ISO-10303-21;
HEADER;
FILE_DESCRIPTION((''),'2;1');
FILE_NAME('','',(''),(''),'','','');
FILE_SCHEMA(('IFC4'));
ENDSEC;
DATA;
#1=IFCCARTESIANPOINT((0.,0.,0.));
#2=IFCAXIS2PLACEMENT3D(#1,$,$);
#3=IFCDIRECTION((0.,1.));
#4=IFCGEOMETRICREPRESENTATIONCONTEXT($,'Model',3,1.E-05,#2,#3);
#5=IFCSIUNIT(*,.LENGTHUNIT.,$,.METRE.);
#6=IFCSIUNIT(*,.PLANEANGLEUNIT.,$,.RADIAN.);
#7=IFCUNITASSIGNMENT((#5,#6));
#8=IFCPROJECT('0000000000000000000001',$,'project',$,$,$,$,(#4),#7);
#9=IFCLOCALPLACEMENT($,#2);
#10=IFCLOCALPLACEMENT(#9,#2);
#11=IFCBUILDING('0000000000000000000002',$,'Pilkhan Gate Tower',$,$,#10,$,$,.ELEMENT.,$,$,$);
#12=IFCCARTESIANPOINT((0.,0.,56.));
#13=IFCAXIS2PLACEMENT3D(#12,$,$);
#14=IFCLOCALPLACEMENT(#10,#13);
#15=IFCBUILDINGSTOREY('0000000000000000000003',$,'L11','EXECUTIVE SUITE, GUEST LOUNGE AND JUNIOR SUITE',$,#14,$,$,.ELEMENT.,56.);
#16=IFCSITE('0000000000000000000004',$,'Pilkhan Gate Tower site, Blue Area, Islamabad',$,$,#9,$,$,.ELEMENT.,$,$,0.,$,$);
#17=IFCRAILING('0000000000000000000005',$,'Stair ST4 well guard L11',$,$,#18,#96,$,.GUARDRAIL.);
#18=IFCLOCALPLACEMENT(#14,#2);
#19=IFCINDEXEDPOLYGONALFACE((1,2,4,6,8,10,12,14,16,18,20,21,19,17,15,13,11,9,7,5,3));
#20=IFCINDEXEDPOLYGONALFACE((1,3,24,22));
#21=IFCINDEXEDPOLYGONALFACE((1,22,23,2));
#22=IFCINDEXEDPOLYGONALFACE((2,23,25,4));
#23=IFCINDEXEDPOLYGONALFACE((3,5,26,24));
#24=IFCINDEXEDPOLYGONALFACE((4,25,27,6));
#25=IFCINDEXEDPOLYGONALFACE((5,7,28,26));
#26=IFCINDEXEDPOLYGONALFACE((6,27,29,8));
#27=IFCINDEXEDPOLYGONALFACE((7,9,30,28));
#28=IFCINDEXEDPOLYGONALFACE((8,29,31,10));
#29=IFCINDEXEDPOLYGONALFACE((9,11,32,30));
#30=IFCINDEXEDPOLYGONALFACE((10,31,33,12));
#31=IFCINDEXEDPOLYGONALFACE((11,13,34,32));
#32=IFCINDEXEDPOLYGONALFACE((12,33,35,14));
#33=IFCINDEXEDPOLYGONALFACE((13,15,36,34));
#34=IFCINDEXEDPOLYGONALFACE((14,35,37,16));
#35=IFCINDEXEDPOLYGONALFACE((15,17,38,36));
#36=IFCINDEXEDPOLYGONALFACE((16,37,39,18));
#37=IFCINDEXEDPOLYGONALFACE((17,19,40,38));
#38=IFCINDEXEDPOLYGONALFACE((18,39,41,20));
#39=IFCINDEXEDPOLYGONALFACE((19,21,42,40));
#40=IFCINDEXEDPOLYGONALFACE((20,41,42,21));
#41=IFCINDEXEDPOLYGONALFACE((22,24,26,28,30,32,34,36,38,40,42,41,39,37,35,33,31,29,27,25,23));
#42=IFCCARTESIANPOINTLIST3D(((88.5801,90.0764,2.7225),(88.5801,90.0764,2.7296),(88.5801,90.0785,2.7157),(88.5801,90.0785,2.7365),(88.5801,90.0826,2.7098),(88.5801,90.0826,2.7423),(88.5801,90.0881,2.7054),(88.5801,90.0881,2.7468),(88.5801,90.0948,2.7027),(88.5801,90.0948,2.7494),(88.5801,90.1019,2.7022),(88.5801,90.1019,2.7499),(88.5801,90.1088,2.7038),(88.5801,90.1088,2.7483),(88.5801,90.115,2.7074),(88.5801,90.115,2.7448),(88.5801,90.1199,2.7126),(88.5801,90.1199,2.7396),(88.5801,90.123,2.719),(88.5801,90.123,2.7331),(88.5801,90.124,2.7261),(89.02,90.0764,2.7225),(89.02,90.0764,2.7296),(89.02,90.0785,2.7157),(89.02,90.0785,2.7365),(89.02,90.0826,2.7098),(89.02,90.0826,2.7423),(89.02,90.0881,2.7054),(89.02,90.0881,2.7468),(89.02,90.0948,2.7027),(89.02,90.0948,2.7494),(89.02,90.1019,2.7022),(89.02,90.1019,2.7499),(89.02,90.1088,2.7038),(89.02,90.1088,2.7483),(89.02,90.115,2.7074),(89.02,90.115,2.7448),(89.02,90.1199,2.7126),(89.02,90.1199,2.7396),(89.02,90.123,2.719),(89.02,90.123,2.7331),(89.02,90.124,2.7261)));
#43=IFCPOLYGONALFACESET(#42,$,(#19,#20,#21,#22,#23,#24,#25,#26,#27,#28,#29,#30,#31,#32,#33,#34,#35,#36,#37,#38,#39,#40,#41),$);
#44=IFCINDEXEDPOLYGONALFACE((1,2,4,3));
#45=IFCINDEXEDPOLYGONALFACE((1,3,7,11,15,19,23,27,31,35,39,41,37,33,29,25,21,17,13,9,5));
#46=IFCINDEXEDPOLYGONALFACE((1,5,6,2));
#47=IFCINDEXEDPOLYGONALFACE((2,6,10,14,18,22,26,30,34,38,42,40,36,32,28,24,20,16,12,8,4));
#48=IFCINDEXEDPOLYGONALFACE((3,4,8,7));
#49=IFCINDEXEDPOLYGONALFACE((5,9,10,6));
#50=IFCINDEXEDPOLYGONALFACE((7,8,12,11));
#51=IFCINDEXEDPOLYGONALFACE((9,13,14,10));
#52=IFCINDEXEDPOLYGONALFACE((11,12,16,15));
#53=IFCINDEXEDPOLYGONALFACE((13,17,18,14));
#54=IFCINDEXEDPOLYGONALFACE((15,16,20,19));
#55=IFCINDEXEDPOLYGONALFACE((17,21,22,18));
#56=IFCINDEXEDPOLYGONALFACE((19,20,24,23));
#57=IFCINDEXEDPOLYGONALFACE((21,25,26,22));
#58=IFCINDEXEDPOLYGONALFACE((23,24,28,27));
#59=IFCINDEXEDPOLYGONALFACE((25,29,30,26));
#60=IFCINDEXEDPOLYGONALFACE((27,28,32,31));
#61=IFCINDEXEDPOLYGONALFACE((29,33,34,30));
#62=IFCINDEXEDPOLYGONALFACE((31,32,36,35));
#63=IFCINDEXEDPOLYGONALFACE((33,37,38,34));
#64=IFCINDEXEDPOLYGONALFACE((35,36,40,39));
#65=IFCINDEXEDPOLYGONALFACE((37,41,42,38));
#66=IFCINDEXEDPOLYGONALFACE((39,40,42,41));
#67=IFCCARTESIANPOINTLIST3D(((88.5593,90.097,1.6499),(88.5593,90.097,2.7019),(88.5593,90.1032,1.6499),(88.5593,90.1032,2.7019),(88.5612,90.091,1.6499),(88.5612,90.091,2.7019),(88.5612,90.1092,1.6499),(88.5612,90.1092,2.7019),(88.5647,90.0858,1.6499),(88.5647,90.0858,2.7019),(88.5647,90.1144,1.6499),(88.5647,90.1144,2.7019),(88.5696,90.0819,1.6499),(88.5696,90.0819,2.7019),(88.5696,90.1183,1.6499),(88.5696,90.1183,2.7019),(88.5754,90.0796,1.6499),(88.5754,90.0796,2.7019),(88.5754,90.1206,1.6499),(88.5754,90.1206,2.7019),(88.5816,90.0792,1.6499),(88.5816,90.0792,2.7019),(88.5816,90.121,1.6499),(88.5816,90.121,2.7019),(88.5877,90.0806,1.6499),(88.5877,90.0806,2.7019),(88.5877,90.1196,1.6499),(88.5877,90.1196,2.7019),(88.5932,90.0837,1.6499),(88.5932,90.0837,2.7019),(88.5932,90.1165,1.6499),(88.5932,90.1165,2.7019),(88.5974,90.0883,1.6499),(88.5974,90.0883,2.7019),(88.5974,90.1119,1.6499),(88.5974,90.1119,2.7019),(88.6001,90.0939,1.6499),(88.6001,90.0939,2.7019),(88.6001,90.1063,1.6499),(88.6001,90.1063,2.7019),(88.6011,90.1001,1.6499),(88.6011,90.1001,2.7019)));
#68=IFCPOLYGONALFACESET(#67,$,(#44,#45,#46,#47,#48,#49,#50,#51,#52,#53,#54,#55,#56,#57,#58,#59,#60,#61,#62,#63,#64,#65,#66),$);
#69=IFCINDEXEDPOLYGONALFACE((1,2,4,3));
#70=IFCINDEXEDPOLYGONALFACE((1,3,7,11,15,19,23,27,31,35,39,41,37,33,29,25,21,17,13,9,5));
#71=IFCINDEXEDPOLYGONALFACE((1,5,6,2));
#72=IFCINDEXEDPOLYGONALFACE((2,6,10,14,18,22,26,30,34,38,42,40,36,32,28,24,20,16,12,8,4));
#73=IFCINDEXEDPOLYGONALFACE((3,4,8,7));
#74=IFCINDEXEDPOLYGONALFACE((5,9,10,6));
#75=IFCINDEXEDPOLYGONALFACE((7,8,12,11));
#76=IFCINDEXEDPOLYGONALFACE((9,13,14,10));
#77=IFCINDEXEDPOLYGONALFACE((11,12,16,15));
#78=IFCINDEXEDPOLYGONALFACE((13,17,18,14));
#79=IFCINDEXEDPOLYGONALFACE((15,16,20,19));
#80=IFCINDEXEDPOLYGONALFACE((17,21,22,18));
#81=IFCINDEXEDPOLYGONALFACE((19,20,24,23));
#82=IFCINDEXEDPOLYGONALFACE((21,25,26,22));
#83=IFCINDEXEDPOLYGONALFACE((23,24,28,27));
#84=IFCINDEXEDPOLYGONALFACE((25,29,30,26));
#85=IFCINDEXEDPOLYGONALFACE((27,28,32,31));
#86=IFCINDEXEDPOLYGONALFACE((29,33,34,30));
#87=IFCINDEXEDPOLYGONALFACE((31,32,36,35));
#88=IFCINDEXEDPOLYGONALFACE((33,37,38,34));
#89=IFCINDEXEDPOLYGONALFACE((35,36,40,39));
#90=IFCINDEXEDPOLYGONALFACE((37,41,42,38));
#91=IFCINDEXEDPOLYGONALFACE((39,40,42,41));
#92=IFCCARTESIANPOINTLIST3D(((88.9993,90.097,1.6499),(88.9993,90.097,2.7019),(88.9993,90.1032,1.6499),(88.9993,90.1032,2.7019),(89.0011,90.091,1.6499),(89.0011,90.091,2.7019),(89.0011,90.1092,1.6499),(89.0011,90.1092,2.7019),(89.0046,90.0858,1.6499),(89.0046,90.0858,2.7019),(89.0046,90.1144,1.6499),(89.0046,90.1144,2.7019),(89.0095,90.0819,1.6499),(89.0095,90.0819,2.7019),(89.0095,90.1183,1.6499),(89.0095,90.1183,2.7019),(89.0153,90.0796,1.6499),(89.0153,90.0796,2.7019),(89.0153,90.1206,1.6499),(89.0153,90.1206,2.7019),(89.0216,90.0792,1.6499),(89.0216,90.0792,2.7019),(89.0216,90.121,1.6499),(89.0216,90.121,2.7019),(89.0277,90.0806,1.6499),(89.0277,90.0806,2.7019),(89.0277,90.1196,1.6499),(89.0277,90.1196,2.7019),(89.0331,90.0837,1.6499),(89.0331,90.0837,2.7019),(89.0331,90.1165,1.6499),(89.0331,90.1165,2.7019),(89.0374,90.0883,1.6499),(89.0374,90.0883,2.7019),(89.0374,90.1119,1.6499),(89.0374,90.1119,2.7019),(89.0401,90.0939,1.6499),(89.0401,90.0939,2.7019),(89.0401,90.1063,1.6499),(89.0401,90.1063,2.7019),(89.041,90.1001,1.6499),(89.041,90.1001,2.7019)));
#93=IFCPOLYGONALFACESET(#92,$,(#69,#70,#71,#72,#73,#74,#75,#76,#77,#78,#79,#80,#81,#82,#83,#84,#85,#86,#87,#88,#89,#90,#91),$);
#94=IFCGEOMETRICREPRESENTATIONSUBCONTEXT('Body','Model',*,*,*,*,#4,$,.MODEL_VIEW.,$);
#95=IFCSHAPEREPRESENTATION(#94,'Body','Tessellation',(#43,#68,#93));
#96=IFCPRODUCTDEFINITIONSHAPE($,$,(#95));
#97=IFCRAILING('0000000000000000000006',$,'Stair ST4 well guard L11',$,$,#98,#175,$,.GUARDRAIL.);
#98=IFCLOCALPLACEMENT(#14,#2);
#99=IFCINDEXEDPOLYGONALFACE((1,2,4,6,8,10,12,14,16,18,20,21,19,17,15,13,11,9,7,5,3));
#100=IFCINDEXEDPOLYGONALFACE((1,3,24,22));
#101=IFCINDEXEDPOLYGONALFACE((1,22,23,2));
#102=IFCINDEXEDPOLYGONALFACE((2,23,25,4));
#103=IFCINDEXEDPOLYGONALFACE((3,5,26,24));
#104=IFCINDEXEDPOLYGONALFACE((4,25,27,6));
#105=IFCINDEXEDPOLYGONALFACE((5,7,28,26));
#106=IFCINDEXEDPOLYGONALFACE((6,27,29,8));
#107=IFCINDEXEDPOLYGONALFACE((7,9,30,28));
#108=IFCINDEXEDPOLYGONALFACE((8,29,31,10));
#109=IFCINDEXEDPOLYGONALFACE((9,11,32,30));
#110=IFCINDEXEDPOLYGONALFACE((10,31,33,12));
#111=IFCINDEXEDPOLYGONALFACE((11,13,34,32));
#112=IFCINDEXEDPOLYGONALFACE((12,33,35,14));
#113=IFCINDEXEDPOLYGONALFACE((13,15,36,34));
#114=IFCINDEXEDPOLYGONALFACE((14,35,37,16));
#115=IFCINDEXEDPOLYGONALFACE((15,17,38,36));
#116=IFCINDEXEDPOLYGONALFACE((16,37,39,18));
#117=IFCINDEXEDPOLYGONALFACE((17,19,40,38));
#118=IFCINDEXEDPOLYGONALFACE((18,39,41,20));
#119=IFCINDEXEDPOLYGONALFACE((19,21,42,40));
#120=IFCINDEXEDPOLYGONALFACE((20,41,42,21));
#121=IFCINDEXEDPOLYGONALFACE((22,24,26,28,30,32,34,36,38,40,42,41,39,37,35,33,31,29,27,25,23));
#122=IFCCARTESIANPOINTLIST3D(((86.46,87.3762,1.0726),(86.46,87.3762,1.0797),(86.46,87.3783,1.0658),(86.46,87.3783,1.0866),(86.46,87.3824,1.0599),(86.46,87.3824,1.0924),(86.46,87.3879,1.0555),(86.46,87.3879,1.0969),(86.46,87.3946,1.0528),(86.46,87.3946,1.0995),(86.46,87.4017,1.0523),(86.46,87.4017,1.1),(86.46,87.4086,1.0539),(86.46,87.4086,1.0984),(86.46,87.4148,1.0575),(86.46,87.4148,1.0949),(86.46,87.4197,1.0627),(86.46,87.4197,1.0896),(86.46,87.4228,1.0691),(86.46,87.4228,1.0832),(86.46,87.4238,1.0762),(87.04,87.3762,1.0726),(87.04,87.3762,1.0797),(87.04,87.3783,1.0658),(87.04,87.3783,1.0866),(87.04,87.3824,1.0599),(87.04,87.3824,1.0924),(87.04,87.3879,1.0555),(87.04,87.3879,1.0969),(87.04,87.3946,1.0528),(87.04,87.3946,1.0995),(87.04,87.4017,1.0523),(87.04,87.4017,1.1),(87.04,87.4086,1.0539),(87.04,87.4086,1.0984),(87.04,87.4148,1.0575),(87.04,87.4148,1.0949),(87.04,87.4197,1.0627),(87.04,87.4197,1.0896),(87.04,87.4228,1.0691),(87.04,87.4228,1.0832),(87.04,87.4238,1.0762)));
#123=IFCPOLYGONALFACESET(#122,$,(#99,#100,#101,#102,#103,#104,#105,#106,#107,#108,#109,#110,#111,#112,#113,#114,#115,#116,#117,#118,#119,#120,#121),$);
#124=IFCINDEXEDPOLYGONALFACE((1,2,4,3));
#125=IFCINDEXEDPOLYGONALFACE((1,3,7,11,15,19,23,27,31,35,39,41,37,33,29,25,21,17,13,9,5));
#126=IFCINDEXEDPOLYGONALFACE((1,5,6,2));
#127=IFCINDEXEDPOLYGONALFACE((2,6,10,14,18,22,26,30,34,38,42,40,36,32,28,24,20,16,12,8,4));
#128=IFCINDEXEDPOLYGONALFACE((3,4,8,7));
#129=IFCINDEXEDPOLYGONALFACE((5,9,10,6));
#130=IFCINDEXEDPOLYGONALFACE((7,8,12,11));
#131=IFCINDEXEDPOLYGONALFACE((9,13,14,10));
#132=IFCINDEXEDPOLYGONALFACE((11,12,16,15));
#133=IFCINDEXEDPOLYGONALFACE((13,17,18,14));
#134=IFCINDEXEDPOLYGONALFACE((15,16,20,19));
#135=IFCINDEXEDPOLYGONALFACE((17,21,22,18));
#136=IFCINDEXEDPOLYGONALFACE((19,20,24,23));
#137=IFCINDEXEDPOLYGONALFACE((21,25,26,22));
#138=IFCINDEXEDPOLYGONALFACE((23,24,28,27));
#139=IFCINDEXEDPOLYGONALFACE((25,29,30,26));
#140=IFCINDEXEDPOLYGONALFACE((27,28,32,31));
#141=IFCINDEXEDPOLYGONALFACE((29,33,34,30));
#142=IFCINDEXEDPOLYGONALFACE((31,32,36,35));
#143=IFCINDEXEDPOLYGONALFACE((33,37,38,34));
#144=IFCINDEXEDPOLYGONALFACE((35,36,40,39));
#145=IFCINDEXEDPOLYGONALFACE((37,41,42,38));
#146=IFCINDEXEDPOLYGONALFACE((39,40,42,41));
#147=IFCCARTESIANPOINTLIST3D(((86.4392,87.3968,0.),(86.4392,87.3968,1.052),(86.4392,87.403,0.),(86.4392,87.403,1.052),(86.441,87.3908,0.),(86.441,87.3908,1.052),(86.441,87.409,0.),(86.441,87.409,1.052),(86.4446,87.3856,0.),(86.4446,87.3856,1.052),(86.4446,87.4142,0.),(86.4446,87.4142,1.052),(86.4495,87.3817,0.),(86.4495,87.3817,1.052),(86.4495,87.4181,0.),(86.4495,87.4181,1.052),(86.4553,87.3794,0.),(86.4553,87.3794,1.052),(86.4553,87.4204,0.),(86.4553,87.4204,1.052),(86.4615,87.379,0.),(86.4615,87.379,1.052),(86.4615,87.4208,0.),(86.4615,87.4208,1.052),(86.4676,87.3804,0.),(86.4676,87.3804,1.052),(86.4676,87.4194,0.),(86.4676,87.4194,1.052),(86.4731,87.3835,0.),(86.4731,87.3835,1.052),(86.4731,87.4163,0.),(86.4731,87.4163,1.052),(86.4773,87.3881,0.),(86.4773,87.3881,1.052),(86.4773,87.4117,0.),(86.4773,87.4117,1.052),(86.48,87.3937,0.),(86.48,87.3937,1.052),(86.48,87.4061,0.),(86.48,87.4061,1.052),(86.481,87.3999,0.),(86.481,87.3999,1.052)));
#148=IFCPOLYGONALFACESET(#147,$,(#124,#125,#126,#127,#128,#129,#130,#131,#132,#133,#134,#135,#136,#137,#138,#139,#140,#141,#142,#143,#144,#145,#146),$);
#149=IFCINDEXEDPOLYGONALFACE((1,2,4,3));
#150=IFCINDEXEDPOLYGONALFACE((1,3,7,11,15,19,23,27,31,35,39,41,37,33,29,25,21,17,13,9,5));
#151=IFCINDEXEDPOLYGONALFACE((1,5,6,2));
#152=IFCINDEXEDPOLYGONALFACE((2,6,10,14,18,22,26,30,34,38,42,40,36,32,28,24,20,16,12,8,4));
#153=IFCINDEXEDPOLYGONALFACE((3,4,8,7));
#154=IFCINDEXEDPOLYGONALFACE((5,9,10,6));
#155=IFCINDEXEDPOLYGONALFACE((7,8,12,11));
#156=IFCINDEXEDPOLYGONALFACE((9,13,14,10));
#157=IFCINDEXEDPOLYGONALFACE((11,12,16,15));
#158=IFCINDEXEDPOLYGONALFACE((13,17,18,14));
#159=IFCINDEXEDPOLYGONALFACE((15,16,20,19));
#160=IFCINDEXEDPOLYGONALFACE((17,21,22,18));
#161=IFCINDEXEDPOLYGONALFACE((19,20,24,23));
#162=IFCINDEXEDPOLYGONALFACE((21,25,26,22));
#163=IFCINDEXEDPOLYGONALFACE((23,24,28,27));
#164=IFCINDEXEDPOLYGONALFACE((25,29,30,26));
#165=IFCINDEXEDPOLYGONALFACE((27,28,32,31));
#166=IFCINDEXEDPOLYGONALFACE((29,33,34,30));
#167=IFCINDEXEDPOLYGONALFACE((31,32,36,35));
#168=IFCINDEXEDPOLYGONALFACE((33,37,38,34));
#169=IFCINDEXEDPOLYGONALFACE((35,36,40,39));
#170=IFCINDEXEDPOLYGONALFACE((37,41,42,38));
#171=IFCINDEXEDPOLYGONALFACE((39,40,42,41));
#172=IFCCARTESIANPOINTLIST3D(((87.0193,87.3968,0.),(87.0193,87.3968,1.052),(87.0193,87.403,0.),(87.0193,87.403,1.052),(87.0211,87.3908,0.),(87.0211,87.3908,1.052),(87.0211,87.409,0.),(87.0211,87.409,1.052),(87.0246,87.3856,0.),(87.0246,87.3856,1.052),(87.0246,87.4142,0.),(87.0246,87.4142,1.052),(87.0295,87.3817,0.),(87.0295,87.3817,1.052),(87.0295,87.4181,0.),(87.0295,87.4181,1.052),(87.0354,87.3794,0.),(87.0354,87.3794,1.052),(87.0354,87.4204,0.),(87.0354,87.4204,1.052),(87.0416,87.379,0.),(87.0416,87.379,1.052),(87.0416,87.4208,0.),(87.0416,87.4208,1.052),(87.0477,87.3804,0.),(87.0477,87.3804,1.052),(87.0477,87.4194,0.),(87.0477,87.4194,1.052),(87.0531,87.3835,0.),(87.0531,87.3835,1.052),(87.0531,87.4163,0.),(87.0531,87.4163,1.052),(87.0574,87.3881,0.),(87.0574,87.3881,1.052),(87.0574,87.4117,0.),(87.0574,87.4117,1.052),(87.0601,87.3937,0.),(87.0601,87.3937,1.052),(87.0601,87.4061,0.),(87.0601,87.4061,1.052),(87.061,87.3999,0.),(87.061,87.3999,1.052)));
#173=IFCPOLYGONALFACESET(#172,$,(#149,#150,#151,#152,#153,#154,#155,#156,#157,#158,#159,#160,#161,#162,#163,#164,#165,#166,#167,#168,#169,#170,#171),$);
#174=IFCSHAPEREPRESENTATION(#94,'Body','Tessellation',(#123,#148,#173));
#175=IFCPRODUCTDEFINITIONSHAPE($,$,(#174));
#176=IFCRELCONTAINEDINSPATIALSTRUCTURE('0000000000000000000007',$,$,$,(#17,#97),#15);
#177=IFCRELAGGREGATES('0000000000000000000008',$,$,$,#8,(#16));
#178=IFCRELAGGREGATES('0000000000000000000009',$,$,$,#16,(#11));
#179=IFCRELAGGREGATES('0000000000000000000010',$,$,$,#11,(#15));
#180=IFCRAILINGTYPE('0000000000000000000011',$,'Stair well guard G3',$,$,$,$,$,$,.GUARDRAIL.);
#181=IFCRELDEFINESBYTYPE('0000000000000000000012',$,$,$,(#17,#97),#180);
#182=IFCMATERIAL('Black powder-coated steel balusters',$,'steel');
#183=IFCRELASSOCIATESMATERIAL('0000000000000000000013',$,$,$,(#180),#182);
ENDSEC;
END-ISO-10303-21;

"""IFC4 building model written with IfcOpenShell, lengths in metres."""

from ifc_helpers import new_model, si_unit, direction, frame, origin, origin_2d, place, context, subcontext, project, spatial, circle, extrude, material, type_object, element, save


model = new_model("IFC4")

# Units and contexts
model_context = context("Model", 3, precision=1e-05, world=origin(), true_north=direction((0.0, 1.0)))
body_context = subcontext(model_context, "Body", "Model", "MODEL_VIEW")
ifc_project = project(units=[si_unit("LENGTHUNIT", "METRE"), si_unit("PLANEANGLEUNIT", "RADIAN")], contexts=[model_context])

# Site, building, storey
site_placement = place(None, origin())
site = spatial("IfcSite", under=ifc_project, at=site_placement, Name="Pilkhan Gate Tower site, Blue Area, Islamabad", CompositionType="ELEMENT", RefElevation=0.0)
building_placement = place(site_placement, origin())
building = spatial("IfcBuilding", under=site, at=building_placement, Name="Pilkhan Gate Tower", CompositionType="ELEMENT")
storey_placement = place(building_placement, frame((0.0, 0.0, 56.0)))
storey = spatial("IfcBuildingStorey", under=building, at=storey_placement, Name="L11", Description="EXECUTIVE SUITE, GUEST LOUNGE AND JUNIOR SUITE", CompositionType="ELEMENT", Elevation=56.0)

# Railings
ifc_material_1 = material(Name="Black powder-coated steel balusters", Category="steel")
railing_type_1 = type_object("IfcRailingType", Name="Stair well guard G3", PredefinedType="GUARDRAIL", material=ifc_material_1)
railing_1_placement = place(storey_placement, frame((88.5801, 90.1001, 1.6499)))
element("IfcRailing", 1, at=railing_1_placement, inside=storey, type_object=railing_type_1, Name="Stair ST4 well guard L11", PredefinedType="GUARDRAIL", context=body_context, shape_type="SweptSolid", body=[
    extrude(circle(Radius=0.0239, at=origin_2d()), frame((0.0, 0.0, 1.0762), z_axis=(1.0, 0.0, 0.0), x_axis=(0.0, 1.0, 0.0)), (0.0, 0.0, 1.0), 0.4399),
    extrude(circle(Radius=0.021, at=origin_2d()), origin(), (0.0, 0.0, 1.0), 1.052),
    extrude(circle(Radius=0.021, at=origin_2d()), frame((0.4399, 0.0, 0.0)), (0.0, 0.0, 1.0), 1.052),
])
for number, where, name in (
    (2, (86.46, 87.3999, 0.0), "Stair ST4 well guard L11"),
):
    element("IfcRailing", number, at=place(storey_placement, frame(where)), inside=storey, type_object=railing_type_1, Name=name, PredefinedType="GUARDRAIL", context=body_context, shape_type="SweptSolid", body=[
        extrude(circle(Radius=0.0239, at=origin_2d()), frame((0.0, 0.0, 1.0762), z_axis=(1.0, 0.0, 0.0), x_axis=(0.0, 1.0, 0.0)), (0.0, 0.0, 1.0), 0.5801),
        extrude(circle(Radius=0.021, at=origin_2d()), origin(), (0.0, 0.0, 1.0), 1.052),
        extrude(circle(Radius=0.021, at=origin_2d()), frame((0.5801, 0.0, 0.0)), (0.0, 0.0, 1.0), 1.052),
    ])

save(model, "model.ifc")
